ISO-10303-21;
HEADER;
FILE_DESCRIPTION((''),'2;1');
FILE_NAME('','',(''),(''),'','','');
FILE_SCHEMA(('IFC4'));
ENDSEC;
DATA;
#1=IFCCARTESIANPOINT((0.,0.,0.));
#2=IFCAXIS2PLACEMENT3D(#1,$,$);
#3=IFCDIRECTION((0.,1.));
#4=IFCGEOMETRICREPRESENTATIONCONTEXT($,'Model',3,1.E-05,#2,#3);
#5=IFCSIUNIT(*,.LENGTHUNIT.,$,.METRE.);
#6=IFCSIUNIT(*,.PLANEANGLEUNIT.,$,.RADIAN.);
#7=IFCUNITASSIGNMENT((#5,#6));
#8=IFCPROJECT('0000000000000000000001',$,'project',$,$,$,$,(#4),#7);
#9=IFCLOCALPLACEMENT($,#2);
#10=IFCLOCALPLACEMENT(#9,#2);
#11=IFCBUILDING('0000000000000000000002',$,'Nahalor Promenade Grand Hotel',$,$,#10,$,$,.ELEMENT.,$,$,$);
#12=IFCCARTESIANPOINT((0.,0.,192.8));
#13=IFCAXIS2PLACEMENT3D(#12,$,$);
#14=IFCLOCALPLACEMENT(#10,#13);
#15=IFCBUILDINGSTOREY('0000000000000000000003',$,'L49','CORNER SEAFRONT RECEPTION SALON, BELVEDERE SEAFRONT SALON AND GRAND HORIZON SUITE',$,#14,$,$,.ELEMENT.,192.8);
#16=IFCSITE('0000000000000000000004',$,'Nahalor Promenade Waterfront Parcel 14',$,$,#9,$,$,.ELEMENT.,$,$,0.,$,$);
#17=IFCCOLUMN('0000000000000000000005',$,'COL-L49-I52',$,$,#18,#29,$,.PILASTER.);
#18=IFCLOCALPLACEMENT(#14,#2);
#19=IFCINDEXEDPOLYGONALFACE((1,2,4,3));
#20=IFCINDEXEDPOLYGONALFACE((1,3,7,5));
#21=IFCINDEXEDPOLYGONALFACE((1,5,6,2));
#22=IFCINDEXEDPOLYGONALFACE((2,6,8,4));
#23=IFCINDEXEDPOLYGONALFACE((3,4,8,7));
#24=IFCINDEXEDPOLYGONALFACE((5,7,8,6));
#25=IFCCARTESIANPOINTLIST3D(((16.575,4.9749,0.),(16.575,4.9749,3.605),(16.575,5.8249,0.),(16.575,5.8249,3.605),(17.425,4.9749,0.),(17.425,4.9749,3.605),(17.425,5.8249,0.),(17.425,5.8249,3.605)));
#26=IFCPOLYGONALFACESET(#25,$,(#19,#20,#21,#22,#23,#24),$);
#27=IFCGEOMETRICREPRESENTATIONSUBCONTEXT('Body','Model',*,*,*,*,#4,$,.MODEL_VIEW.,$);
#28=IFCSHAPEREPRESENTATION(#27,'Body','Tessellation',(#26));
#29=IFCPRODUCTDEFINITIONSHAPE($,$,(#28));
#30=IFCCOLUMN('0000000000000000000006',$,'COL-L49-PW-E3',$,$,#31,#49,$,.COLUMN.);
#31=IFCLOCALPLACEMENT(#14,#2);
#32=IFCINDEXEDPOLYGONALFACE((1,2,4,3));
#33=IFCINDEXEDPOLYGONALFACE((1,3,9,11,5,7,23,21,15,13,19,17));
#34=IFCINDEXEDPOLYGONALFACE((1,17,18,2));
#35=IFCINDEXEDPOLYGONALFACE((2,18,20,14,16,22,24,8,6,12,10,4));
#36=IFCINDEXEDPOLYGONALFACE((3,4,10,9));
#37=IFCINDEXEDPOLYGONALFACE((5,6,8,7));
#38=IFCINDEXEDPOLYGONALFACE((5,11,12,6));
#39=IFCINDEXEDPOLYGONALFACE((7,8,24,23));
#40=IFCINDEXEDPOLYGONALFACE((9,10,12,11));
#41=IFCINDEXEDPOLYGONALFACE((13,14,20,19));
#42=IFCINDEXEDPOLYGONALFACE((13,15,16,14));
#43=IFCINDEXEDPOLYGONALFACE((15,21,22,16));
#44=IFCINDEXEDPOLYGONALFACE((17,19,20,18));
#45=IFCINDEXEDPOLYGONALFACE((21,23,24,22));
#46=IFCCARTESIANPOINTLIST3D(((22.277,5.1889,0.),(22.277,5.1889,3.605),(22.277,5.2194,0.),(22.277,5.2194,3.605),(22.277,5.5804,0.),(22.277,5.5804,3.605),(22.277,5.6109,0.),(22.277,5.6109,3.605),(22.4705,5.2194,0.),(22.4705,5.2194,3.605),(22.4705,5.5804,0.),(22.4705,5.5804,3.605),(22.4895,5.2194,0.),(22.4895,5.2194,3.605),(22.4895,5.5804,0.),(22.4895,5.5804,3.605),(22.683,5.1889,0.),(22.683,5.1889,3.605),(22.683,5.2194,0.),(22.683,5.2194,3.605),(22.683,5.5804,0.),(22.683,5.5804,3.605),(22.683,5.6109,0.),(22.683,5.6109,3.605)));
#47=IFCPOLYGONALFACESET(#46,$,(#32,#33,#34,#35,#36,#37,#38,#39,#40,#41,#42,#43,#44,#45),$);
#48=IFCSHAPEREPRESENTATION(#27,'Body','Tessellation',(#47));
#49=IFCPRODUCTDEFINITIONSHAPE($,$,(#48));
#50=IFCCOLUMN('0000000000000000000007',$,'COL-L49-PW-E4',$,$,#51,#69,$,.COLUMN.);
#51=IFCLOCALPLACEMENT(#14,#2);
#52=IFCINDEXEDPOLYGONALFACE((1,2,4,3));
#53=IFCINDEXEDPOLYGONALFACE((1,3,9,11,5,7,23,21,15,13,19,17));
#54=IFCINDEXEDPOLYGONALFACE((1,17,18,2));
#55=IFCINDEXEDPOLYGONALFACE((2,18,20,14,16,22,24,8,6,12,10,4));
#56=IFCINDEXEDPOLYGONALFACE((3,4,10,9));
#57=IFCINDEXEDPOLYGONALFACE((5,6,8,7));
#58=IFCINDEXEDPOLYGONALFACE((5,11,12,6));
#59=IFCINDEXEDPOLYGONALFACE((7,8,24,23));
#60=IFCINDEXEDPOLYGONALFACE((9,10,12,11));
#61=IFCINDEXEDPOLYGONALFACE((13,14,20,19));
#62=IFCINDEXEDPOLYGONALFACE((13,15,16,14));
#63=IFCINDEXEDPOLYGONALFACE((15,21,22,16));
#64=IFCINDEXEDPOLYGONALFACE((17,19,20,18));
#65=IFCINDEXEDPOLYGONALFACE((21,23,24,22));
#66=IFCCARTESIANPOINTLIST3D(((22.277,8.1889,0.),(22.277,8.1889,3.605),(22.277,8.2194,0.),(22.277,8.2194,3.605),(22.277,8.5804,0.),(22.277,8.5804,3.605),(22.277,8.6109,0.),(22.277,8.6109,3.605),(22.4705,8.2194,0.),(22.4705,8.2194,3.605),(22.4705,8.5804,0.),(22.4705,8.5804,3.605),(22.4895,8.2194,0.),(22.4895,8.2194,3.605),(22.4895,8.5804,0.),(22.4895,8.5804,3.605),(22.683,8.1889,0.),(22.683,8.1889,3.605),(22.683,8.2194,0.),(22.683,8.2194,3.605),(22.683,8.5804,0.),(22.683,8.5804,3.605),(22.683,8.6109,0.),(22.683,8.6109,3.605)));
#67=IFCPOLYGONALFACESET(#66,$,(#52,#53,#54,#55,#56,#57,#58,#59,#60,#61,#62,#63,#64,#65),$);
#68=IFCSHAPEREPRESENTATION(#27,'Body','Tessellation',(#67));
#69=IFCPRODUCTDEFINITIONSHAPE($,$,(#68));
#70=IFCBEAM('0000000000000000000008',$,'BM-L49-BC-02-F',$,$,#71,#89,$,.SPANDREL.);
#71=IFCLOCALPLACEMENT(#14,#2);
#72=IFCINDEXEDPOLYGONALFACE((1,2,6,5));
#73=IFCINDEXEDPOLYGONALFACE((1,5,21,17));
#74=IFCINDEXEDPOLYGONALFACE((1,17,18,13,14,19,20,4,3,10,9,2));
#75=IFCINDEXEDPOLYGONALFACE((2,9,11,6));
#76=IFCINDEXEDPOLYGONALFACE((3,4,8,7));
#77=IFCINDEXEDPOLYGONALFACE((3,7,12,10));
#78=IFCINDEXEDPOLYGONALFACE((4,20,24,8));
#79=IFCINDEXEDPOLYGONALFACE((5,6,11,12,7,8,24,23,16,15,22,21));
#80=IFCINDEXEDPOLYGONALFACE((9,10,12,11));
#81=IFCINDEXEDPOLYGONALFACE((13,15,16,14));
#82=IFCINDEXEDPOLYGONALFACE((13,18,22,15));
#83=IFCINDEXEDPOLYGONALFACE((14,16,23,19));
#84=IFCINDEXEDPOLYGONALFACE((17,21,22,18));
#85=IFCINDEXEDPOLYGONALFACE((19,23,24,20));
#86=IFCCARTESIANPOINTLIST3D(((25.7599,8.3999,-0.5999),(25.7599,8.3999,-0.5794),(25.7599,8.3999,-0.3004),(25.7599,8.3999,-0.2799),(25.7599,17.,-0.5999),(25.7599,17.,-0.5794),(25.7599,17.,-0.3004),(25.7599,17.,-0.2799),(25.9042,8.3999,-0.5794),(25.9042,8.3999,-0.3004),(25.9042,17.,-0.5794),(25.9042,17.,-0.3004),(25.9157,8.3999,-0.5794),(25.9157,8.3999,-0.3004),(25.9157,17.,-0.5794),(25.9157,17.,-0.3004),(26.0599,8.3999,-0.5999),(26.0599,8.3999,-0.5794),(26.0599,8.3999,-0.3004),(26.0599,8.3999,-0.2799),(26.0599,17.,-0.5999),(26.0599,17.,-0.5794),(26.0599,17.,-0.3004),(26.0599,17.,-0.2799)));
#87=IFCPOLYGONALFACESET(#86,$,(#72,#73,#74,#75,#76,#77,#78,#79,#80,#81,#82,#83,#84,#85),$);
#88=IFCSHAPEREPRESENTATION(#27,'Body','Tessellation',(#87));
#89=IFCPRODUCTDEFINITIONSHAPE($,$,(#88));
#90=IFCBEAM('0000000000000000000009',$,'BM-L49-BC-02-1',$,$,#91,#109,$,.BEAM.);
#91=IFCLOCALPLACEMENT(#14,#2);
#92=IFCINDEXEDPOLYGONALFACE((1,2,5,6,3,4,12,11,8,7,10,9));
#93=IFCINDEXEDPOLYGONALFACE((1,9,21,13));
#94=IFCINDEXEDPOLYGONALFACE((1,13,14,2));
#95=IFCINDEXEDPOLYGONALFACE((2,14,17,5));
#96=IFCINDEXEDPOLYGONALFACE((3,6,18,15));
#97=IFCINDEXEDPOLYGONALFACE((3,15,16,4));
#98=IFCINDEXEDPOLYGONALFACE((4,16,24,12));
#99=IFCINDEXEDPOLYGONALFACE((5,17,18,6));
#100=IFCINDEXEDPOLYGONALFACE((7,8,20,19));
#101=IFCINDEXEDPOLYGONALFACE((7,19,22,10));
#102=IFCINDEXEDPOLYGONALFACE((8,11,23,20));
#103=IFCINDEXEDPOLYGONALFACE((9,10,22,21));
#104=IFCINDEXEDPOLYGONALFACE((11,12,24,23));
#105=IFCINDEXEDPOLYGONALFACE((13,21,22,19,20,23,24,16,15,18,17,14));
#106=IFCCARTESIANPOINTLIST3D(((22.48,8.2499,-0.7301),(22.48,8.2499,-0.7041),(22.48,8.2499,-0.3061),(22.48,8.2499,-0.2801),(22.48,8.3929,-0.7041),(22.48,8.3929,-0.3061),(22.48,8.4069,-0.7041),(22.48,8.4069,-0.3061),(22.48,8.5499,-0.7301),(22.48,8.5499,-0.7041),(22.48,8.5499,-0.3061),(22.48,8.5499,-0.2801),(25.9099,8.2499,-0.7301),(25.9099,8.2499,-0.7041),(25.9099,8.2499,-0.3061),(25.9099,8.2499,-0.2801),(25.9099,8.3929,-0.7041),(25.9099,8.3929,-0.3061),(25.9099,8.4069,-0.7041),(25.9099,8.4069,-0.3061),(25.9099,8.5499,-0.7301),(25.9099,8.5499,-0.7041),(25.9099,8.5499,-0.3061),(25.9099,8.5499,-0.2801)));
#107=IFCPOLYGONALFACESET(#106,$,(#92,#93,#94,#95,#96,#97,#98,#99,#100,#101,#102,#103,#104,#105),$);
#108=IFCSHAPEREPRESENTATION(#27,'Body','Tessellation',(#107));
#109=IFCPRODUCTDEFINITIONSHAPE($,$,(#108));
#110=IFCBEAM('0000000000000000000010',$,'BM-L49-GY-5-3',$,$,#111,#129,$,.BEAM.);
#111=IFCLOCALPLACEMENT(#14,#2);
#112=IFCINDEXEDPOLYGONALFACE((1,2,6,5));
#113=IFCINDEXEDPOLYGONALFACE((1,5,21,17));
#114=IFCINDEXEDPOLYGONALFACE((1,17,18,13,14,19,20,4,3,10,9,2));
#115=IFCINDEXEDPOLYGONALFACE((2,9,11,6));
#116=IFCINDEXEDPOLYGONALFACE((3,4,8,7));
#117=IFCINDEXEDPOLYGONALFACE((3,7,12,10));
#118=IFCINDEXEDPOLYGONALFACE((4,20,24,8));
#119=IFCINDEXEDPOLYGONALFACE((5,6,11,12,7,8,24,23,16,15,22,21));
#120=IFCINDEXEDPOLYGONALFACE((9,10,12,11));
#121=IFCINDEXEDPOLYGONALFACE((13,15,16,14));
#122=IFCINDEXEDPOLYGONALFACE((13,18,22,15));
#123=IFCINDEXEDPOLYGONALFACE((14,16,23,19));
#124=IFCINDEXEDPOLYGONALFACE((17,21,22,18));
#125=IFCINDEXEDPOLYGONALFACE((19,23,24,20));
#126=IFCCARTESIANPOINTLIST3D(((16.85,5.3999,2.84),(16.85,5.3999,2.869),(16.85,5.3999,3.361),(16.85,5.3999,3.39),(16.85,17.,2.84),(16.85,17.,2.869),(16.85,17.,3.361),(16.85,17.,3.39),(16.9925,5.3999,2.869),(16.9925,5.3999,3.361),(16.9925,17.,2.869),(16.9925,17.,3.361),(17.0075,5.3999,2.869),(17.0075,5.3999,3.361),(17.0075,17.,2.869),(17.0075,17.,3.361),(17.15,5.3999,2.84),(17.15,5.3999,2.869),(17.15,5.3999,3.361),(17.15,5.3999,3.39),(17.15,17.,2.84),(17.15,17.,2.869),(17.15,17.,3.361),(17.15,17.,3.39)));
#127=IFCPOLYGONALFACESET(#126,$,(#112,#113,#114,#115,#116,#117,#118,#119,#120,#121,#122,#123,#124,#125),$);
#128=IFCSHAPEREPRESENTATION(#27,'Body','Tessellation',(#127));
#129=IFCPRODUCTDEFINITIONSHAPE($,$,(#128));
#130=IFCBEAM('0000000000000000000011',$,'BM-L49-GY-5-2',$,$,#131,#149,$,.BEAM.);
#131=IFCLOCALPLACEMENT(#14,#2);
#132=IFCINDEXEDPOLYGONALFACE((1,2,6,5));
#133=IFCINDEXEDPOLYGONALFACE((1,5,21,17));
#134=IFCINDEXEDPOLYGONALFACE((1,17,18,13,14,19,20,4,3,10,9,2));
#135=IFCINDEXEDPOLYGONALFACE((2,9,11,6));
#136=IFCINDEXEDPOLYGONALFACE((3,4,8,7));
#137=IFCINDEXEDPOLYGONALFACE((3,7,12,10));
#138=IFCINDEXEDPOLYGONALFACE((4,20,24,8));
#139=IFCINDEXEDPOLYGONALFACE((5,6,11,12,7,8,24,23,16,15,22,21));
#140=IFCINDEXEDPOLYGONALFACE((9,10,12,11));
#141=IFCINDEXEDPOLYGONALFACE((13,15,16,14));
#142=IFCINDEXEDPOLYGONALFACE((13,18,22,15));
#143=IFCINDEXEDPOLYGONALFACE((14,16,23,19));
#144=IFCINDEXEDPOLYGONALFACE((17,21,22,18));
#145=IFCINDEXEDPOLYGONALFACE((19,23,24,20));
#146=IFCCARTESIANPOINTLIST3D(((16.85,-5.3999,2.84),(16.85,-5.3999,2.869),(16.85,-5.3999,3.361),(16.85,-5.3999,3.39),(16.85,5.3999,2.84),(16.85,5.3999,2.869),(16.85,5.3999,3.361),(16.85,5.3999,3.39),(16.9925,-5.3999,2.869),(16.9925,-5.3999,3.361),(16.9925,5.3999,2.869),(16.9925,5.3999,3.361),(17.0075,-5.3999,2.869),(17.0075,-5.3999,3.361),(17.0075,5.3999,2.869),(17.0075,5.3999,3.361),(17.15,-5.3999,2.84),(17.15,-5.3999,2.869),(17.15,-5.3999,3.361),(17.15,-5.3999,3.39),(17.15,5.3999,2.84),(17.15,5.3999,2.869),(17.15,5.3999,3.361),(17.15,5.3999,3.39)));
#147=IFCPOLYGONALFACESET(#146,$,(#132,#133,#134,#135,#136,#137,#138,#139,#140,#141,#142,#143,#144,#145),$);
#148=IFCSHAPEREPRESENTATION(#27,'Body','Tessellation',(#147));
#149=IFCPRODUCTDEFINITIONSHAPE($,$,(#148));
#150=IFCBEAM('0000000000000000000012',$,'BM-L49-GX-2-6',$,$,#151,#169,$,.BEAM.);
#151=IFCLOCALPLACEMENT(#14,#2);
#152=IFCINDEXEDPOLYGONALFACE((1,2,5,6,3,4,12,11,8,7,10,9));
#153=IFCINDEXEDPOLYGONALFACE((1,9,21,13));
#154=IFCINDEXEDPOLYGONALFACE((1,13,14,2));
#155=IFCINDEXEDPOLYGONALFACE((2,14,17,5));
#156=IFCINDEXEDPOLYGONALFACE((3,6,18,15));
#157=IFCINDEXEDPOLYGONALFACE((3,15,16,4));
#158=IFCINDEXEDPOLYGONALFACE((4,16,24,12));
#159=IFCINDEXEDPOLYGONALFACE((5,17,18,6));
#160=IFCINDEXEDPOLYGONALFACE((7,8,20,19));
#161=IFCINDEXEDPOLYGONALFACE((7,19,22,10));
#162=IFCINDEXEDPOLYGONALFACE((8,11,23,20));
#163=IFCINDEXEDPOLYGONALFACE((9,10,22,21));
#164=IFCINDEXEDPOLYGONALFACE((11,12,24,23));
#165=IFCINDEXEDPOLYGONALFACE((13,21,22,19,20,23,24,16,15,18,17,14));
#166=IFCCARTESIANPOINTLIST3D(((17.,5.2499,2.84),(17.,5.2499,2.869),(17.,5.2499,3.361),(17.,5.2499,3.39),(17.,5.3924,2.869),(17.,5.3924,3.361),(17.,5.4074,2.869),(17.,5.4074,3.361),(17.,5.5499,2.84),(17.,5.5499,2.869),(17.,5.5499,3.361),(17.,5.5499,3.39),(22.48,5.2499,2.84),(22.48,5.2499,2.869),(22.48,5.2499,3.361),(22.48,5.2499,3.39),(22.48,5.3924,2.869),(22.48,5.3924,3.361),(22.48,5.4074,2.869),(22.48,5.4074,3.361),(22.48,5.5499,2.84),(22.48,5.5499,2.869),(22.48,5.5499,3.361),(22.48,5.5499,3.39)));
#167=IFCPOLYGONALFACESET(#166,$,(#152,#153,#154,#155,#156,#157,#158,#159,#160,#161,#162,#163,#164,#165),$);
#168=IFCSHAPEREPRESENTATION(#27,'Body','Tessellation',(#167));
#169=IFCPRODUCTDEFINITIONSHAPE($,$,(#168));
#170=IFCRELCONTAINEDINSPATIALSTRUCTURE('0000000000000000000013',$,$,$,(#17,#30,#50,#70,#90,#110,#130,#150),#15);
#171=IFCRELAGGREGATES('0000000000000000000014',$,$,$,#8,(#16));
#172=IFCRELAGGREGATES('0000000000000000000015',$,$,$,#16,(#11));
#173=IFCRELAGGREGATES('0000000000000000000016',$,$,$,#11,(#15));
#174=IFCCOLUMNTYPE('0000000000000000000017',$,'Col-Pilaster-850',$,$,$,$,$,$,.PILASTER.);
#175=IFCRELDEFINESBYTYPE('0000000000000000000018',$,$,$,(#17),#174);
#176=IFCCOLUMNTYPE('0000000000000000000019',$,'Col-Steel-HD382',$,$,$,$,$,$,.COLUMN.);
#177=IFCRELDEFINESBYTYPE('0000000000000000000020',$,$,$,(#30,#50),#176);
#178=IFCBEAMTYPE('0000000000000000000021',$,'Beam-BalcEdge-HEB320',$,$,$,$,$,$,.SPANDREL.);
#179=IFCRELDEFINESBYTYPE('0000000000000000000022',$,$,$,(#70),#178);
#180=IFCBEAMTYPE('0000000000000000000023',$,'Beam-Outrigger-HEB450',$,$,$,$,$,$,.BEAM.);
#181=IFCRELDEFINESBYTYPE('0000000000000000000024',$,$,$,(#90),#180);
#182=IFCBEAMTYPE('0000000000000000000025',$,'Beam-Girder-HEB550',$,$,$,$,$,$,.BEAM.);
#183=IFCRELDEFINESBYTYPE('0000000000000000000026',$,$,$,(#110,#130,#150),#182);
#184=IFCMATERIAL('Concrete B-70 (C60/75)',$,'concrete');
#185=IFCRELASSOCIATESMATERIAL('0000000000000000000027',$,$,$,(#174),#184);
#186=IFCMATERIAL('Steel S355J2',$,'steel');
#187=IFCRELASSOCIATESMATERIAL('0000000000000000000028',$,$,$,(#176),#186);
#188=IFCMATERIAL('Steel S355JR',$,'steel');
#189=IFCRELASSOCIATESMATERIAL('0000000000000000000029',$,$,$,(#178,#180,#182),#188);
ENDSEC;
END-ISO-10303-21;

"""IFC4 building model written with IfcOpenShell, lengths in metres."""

from ifc_helpers import new_model, si_unit, direction, frame, origin, origin_2d, place, context, subcontext, project, spatial, rectangle, i_section, extrude, source, transform, mapped, material, material_profile, profile_set, type_object, element, save


model = new_model("IFC4")

# Units and contexts
model_context = context("Model", 3, precision=1e-05, world=origin(), true_north=direction((0.0, 1.0)))
body_context = subcontext(model_context, "Body", "Model", "MODEL_VIEW")
ifc_project = project(units=[si_unit("LENGTHUNIT", "METRE"), si_unit("PLANEANGLEUNIT", "RADIAN")], contexts=[model_context])

# Site, building, storey
site_placement = place(None, origin())
site = spatial("IfcSite", under=ifc_project, at=site_placement, Name="Nahalor Promenade Waterfront Parcel 14", CompositionType="ELEMENT", RefElevation=0.0)
building_placement = place(site_placement, origin())
building = spatial("IfcBuilding", under=site, at=building_placement, Name="Nahalor Promenade Grand Hotel", CompositionType="ELEMENT")
storey_placement = place(building_placement, frame((0.0, 0.0, 192.8)))
storey = spatial("IfcBuildingStorey", under=building, at=storey_placement, Name="L49", Description="CORNER SEAFRONT RECEPTION SALON, BELVEDERE SEAFRONT SALON AND GRAND HORIZON SUITE", CompositionType="ELEMENT", Elevation=192.8)

# Columns
ifc_material_1 = material(Name="Concrete B-70 (C60/75)", Category="concrete")
ifc_material_profile_1 = material_profile(ifc_material_1, rectangle(XDim=0.85, YDim=0.85, at=origin_2d()), Name="RC 850x850")
ifc_profile_set_1 = profile_set([ifc_material_profile_1], Name="Concrete B-70 (C60/75)")
column_type_1 = type_object("IfcColumnType", Name="Col-Pilaster-850", PredefinedType="PILASTER", material=ifc_profile_set_1)
shared_shape_1 = source(origin(), body_context, "Body", "SweptSolid", [
    extrude(rectangle(XDim=0.85, YDim=0.85, at=origin_2d()), origin(), (0.0, 0.0, 1.0), 3.605),
])
column_placement = place(storey_placement, frame((17.0, 5.3999, 0.0), z_axis=(0.0, 0.0, 1.0), x_axis=(1.0, 0.0, 0.0)))
element("IfcColumn", 1, at=column_placement, inside=storey, type_object=column_type_1, Name="COL-L49-I52", PredefinedType="PILASTER", context=body_context, shape_type="MappedRepresentation", body=[
    mapped(shared_shape_1, transform((0.0, 0.0, 0.0), scale=1.0)),
])
ifc_material_2 = material(Name="Steel S355J2", Category="steel")
ifc_material_profile_2 = material_profile(ifc_material_2, i_section(OverallWidth=0.406, OverallDepth=0.422, WebThickness=0.019, FlangeThickness=0.0305, at=origin_2d()), Name="HD 400x382")
ifc_profile_set_2 = profile_set([ifc_material_profile_2], Name="Steel S355J2")
column_type_2 = type_object("IfcColumnType", Name="Col-Steel-HD382", PredefinedType="COLUMN", material=ifc_profile_set_2)
shared_shape_2 = source(origin(), body_context, "Body", "SweptSolid", [
    extrude(i_section(OverallWidth=0.406, OverallDepth=0.422, WebThickness=0.019, FlangeThickness=0.0305, at=origin_2d()), origin(), (0.0, 0.0, 1.0), 3.605),
])
for number, where, z_axis, x_axis, name in (
    (2, (22.48, 5.3999, 0.0), (0.0, 0.0, 1.0), (1.0, 0.0, 0.0), "COL-L49-PW-E3"),
    (3, (22.48, 8.3999, 0.0), (0.0, 0.0, 1.0), (1.0, 0.0, 0.0), "COL-L49-PW-E4"),
):
    element("IfcColumn", number, at=place(storey_placement, frame(where, z_axis=z_axis, x_axis=x_axis)), inside=storey, type_object=column_type_2, Name=name, PredefinedType="COLUMN", context=body_context, shape_type="MappedRepresentation", body=[
        mapped(shared_shape_2, transform((0.0, 0.0, 0.0), scale=1.0)),
    ])

# Beams
ifc_material_3 = material(Name="Steel S355JR", Category="steel")
ifc_material_profile_3 = material_profile(ifc_material_3, i_section(OverallWidth=0.3, OverallDepth=0.32, WebThickness=0.0115, FlangeThickness=0.0205, at=origin_2d()), Name="HEB 320")
ifc_profile_set_3 = profile_set([ifc_material_profile_3], Name="Steel S355JR")
beam_type_1 = type_object("IfcBeamType", Name="Beam-BalcEdge-HEB320", PredefinedType="SPANDREL", material=ifc_profile_set_3)
shared_shape_3 = source(origin(), body_context, "Body", "SweptSolid", [
    extrude(i_section(OverallWidth=0.3, OverallDepth=0.32, WebThickness=0.0115, FlangeThickness=0.0205, at=origin_2d()), origin(), (0.0, 0.0, 1.0), 8.6001),
])
beam_1_placement = place(storey_placement, frame((25.9099, 8.3999, -0.4399), z_axis=(0.0, 1.0, 0.0), x_axis=(-1.0, 0.0, 0.0)))
element("IfcBeam", 4, at=beam_1_placement, inside=storey, type_object=beam_type_1, Name="BM-L49-BC-02-F", PredefinedType="SPANDREL", context=body_context, shape_type="MappedRepresentation", body=[
    mapped(shared_shape_3, transform((0.0, 0.0, 0.0), scale=1.0)),
])
ifc_material_profile_4 = material_profile(ifc_material_3, i_section(OverallWidth=0.3, OverallDepth=0.45, WebThickness=0.014, FlangeThickness=0.026, at=origin_2d()), Name="HEB 450")
ifc_profile_set_4 = profile_set([ifc_material_profile_4], Name="Steel S355JR")
beam_type_2 = type_object("IfcBeamType", Name="Beam-Outrigger-HEB450", PredefinedType="BEAM", material=ifc_profile_set_4)
shared_shape_4 = source(origin(), body_context, "Body", "SweptSolid", [
    extrude(i_section(OverallWidth=0.3, OverallDepth=0.45, WebThickness=0.014, FlangeThickness=0.026, at=origin_2d()), origin(), (0.0, 0.0, 1.0), 3.4299),
])
beam_2_placement = place(storey_placement, frame((22.48, 8.3999, -0.5051), z_axis=(1.0, 0.0, 0.0), x_axis=(0.0, 1.0, 0.0)))
element("IfcBeam", 5, at=beam_2_placement, inside=storey, type_object=beam_type_2, Name="BM-L49-BC-02-1", PredefinedType="BEAM", context=body_context, shape_type="MappedRepresentation", body=[
    mapped(shared_shape_4, transform((0.0, 0.0, 0.0), scale=1.0)),
])
ifc_material_profile_5 = material_profile(ifc_material_3, i_section(OverallWidth=0.3, OverallDepth=0.55, WebThickness=0.015, FlangeThickness=0.029, at=origin_2d()), Name="HEB 550")
ifc_profile_set_5 = profile_set([ifc_material_profile_5], Name="Steel S355JR")
beam_type_3 = type_object("IfcBeamType", Name="Beam-Girder-HEB550", PredefinedType="BEAM", material=ifc_profile_set_5)
shared_shape_5 = source(origin(), body_context, "Body", "SweptSolid", [
    extrude(i_section(OverallWidth=0.3, OverallDepth=0.55, WebThickness=0.015, FlangeThickness=0.029, at=origin_2d()), origin(), (0.0, 0.0, 1.0), 11.6001),
])
beam_3_placement = place(storey_placement, frame((17.0, 5.3999, 3.115), z_axis=(0.0, 1.0, 0.0), x_axis=(-1.0, 0.0, 0.0)))
element("IfcBeam", 6, at=beam_3_placement, inside=storey, type_object=beam_type_3, Name="BM-L49-GY-5-3", PredefinedType="BEAM", context=body_context, shape_type="MappedRepresentation", body=[
    mapped(shared_shape_5, transform((0.0, 0.0, 0.0), scale=1.0)),
])
shared_shape_6 = source(origin(), body_context, "Body", "SweptSolid", [
    extrude(i_section(OverallWidth=0.3, OverallDepth=0.55, WebThickness=0.015, FlangeThickness=0.029, at=origin_2d()), origin(), (0.0, 0.0, 1.0), 10.7998),
])
beam_4_placement = place(storey_placement, frame((17.0, -5.3999, 3.115), z_axis=(0.0, 1.0, 0.0), x_axis=(-1.0, 0.0, 0.0)))
element("IfcBeam", 7, at=beam_4_placement, inside=storey, type_object=beam_type_3, Name="BM-L49-GY-5-2", PredefinedType="BEAM", context=body_context, shape_type="MappedRepresentation", body=[
    mapped(shared_shape_6, transform((0.0, 0.0, 0.0), scale=1.0)),
])
shared_shape_7 = source(origin(), body_context, "Body", "SweptSolid", [
    extrude(i_section(OverallWidth=0.3, OverallDepth=0.55, WebThickness=0.015, FlangeThickness=0.029, at=origin_2d()), origin(), (0.0, 0.0, 1.0), 5.48),
])
beam_5_placement = place(storey_placement, frame((17.0, 5.3999, 3.115), z_axis=(1.0, 0.0, 0.0), x_axis=(0.0, 1.0, 0.0)))
element("IfcBeam", 8, at=beam_5_placement, inside=storey, type_object=beam_type_3, Name="BM-L49-GX-2-6", PredefinedType="BEAM", context=body_context, shape_type="MappedRepresentation", body=[
    mapped(shared_shape_7, transform((0.0, 0.0, 0.0), scale=1.0)),
])

save(model, "model.ifc")
